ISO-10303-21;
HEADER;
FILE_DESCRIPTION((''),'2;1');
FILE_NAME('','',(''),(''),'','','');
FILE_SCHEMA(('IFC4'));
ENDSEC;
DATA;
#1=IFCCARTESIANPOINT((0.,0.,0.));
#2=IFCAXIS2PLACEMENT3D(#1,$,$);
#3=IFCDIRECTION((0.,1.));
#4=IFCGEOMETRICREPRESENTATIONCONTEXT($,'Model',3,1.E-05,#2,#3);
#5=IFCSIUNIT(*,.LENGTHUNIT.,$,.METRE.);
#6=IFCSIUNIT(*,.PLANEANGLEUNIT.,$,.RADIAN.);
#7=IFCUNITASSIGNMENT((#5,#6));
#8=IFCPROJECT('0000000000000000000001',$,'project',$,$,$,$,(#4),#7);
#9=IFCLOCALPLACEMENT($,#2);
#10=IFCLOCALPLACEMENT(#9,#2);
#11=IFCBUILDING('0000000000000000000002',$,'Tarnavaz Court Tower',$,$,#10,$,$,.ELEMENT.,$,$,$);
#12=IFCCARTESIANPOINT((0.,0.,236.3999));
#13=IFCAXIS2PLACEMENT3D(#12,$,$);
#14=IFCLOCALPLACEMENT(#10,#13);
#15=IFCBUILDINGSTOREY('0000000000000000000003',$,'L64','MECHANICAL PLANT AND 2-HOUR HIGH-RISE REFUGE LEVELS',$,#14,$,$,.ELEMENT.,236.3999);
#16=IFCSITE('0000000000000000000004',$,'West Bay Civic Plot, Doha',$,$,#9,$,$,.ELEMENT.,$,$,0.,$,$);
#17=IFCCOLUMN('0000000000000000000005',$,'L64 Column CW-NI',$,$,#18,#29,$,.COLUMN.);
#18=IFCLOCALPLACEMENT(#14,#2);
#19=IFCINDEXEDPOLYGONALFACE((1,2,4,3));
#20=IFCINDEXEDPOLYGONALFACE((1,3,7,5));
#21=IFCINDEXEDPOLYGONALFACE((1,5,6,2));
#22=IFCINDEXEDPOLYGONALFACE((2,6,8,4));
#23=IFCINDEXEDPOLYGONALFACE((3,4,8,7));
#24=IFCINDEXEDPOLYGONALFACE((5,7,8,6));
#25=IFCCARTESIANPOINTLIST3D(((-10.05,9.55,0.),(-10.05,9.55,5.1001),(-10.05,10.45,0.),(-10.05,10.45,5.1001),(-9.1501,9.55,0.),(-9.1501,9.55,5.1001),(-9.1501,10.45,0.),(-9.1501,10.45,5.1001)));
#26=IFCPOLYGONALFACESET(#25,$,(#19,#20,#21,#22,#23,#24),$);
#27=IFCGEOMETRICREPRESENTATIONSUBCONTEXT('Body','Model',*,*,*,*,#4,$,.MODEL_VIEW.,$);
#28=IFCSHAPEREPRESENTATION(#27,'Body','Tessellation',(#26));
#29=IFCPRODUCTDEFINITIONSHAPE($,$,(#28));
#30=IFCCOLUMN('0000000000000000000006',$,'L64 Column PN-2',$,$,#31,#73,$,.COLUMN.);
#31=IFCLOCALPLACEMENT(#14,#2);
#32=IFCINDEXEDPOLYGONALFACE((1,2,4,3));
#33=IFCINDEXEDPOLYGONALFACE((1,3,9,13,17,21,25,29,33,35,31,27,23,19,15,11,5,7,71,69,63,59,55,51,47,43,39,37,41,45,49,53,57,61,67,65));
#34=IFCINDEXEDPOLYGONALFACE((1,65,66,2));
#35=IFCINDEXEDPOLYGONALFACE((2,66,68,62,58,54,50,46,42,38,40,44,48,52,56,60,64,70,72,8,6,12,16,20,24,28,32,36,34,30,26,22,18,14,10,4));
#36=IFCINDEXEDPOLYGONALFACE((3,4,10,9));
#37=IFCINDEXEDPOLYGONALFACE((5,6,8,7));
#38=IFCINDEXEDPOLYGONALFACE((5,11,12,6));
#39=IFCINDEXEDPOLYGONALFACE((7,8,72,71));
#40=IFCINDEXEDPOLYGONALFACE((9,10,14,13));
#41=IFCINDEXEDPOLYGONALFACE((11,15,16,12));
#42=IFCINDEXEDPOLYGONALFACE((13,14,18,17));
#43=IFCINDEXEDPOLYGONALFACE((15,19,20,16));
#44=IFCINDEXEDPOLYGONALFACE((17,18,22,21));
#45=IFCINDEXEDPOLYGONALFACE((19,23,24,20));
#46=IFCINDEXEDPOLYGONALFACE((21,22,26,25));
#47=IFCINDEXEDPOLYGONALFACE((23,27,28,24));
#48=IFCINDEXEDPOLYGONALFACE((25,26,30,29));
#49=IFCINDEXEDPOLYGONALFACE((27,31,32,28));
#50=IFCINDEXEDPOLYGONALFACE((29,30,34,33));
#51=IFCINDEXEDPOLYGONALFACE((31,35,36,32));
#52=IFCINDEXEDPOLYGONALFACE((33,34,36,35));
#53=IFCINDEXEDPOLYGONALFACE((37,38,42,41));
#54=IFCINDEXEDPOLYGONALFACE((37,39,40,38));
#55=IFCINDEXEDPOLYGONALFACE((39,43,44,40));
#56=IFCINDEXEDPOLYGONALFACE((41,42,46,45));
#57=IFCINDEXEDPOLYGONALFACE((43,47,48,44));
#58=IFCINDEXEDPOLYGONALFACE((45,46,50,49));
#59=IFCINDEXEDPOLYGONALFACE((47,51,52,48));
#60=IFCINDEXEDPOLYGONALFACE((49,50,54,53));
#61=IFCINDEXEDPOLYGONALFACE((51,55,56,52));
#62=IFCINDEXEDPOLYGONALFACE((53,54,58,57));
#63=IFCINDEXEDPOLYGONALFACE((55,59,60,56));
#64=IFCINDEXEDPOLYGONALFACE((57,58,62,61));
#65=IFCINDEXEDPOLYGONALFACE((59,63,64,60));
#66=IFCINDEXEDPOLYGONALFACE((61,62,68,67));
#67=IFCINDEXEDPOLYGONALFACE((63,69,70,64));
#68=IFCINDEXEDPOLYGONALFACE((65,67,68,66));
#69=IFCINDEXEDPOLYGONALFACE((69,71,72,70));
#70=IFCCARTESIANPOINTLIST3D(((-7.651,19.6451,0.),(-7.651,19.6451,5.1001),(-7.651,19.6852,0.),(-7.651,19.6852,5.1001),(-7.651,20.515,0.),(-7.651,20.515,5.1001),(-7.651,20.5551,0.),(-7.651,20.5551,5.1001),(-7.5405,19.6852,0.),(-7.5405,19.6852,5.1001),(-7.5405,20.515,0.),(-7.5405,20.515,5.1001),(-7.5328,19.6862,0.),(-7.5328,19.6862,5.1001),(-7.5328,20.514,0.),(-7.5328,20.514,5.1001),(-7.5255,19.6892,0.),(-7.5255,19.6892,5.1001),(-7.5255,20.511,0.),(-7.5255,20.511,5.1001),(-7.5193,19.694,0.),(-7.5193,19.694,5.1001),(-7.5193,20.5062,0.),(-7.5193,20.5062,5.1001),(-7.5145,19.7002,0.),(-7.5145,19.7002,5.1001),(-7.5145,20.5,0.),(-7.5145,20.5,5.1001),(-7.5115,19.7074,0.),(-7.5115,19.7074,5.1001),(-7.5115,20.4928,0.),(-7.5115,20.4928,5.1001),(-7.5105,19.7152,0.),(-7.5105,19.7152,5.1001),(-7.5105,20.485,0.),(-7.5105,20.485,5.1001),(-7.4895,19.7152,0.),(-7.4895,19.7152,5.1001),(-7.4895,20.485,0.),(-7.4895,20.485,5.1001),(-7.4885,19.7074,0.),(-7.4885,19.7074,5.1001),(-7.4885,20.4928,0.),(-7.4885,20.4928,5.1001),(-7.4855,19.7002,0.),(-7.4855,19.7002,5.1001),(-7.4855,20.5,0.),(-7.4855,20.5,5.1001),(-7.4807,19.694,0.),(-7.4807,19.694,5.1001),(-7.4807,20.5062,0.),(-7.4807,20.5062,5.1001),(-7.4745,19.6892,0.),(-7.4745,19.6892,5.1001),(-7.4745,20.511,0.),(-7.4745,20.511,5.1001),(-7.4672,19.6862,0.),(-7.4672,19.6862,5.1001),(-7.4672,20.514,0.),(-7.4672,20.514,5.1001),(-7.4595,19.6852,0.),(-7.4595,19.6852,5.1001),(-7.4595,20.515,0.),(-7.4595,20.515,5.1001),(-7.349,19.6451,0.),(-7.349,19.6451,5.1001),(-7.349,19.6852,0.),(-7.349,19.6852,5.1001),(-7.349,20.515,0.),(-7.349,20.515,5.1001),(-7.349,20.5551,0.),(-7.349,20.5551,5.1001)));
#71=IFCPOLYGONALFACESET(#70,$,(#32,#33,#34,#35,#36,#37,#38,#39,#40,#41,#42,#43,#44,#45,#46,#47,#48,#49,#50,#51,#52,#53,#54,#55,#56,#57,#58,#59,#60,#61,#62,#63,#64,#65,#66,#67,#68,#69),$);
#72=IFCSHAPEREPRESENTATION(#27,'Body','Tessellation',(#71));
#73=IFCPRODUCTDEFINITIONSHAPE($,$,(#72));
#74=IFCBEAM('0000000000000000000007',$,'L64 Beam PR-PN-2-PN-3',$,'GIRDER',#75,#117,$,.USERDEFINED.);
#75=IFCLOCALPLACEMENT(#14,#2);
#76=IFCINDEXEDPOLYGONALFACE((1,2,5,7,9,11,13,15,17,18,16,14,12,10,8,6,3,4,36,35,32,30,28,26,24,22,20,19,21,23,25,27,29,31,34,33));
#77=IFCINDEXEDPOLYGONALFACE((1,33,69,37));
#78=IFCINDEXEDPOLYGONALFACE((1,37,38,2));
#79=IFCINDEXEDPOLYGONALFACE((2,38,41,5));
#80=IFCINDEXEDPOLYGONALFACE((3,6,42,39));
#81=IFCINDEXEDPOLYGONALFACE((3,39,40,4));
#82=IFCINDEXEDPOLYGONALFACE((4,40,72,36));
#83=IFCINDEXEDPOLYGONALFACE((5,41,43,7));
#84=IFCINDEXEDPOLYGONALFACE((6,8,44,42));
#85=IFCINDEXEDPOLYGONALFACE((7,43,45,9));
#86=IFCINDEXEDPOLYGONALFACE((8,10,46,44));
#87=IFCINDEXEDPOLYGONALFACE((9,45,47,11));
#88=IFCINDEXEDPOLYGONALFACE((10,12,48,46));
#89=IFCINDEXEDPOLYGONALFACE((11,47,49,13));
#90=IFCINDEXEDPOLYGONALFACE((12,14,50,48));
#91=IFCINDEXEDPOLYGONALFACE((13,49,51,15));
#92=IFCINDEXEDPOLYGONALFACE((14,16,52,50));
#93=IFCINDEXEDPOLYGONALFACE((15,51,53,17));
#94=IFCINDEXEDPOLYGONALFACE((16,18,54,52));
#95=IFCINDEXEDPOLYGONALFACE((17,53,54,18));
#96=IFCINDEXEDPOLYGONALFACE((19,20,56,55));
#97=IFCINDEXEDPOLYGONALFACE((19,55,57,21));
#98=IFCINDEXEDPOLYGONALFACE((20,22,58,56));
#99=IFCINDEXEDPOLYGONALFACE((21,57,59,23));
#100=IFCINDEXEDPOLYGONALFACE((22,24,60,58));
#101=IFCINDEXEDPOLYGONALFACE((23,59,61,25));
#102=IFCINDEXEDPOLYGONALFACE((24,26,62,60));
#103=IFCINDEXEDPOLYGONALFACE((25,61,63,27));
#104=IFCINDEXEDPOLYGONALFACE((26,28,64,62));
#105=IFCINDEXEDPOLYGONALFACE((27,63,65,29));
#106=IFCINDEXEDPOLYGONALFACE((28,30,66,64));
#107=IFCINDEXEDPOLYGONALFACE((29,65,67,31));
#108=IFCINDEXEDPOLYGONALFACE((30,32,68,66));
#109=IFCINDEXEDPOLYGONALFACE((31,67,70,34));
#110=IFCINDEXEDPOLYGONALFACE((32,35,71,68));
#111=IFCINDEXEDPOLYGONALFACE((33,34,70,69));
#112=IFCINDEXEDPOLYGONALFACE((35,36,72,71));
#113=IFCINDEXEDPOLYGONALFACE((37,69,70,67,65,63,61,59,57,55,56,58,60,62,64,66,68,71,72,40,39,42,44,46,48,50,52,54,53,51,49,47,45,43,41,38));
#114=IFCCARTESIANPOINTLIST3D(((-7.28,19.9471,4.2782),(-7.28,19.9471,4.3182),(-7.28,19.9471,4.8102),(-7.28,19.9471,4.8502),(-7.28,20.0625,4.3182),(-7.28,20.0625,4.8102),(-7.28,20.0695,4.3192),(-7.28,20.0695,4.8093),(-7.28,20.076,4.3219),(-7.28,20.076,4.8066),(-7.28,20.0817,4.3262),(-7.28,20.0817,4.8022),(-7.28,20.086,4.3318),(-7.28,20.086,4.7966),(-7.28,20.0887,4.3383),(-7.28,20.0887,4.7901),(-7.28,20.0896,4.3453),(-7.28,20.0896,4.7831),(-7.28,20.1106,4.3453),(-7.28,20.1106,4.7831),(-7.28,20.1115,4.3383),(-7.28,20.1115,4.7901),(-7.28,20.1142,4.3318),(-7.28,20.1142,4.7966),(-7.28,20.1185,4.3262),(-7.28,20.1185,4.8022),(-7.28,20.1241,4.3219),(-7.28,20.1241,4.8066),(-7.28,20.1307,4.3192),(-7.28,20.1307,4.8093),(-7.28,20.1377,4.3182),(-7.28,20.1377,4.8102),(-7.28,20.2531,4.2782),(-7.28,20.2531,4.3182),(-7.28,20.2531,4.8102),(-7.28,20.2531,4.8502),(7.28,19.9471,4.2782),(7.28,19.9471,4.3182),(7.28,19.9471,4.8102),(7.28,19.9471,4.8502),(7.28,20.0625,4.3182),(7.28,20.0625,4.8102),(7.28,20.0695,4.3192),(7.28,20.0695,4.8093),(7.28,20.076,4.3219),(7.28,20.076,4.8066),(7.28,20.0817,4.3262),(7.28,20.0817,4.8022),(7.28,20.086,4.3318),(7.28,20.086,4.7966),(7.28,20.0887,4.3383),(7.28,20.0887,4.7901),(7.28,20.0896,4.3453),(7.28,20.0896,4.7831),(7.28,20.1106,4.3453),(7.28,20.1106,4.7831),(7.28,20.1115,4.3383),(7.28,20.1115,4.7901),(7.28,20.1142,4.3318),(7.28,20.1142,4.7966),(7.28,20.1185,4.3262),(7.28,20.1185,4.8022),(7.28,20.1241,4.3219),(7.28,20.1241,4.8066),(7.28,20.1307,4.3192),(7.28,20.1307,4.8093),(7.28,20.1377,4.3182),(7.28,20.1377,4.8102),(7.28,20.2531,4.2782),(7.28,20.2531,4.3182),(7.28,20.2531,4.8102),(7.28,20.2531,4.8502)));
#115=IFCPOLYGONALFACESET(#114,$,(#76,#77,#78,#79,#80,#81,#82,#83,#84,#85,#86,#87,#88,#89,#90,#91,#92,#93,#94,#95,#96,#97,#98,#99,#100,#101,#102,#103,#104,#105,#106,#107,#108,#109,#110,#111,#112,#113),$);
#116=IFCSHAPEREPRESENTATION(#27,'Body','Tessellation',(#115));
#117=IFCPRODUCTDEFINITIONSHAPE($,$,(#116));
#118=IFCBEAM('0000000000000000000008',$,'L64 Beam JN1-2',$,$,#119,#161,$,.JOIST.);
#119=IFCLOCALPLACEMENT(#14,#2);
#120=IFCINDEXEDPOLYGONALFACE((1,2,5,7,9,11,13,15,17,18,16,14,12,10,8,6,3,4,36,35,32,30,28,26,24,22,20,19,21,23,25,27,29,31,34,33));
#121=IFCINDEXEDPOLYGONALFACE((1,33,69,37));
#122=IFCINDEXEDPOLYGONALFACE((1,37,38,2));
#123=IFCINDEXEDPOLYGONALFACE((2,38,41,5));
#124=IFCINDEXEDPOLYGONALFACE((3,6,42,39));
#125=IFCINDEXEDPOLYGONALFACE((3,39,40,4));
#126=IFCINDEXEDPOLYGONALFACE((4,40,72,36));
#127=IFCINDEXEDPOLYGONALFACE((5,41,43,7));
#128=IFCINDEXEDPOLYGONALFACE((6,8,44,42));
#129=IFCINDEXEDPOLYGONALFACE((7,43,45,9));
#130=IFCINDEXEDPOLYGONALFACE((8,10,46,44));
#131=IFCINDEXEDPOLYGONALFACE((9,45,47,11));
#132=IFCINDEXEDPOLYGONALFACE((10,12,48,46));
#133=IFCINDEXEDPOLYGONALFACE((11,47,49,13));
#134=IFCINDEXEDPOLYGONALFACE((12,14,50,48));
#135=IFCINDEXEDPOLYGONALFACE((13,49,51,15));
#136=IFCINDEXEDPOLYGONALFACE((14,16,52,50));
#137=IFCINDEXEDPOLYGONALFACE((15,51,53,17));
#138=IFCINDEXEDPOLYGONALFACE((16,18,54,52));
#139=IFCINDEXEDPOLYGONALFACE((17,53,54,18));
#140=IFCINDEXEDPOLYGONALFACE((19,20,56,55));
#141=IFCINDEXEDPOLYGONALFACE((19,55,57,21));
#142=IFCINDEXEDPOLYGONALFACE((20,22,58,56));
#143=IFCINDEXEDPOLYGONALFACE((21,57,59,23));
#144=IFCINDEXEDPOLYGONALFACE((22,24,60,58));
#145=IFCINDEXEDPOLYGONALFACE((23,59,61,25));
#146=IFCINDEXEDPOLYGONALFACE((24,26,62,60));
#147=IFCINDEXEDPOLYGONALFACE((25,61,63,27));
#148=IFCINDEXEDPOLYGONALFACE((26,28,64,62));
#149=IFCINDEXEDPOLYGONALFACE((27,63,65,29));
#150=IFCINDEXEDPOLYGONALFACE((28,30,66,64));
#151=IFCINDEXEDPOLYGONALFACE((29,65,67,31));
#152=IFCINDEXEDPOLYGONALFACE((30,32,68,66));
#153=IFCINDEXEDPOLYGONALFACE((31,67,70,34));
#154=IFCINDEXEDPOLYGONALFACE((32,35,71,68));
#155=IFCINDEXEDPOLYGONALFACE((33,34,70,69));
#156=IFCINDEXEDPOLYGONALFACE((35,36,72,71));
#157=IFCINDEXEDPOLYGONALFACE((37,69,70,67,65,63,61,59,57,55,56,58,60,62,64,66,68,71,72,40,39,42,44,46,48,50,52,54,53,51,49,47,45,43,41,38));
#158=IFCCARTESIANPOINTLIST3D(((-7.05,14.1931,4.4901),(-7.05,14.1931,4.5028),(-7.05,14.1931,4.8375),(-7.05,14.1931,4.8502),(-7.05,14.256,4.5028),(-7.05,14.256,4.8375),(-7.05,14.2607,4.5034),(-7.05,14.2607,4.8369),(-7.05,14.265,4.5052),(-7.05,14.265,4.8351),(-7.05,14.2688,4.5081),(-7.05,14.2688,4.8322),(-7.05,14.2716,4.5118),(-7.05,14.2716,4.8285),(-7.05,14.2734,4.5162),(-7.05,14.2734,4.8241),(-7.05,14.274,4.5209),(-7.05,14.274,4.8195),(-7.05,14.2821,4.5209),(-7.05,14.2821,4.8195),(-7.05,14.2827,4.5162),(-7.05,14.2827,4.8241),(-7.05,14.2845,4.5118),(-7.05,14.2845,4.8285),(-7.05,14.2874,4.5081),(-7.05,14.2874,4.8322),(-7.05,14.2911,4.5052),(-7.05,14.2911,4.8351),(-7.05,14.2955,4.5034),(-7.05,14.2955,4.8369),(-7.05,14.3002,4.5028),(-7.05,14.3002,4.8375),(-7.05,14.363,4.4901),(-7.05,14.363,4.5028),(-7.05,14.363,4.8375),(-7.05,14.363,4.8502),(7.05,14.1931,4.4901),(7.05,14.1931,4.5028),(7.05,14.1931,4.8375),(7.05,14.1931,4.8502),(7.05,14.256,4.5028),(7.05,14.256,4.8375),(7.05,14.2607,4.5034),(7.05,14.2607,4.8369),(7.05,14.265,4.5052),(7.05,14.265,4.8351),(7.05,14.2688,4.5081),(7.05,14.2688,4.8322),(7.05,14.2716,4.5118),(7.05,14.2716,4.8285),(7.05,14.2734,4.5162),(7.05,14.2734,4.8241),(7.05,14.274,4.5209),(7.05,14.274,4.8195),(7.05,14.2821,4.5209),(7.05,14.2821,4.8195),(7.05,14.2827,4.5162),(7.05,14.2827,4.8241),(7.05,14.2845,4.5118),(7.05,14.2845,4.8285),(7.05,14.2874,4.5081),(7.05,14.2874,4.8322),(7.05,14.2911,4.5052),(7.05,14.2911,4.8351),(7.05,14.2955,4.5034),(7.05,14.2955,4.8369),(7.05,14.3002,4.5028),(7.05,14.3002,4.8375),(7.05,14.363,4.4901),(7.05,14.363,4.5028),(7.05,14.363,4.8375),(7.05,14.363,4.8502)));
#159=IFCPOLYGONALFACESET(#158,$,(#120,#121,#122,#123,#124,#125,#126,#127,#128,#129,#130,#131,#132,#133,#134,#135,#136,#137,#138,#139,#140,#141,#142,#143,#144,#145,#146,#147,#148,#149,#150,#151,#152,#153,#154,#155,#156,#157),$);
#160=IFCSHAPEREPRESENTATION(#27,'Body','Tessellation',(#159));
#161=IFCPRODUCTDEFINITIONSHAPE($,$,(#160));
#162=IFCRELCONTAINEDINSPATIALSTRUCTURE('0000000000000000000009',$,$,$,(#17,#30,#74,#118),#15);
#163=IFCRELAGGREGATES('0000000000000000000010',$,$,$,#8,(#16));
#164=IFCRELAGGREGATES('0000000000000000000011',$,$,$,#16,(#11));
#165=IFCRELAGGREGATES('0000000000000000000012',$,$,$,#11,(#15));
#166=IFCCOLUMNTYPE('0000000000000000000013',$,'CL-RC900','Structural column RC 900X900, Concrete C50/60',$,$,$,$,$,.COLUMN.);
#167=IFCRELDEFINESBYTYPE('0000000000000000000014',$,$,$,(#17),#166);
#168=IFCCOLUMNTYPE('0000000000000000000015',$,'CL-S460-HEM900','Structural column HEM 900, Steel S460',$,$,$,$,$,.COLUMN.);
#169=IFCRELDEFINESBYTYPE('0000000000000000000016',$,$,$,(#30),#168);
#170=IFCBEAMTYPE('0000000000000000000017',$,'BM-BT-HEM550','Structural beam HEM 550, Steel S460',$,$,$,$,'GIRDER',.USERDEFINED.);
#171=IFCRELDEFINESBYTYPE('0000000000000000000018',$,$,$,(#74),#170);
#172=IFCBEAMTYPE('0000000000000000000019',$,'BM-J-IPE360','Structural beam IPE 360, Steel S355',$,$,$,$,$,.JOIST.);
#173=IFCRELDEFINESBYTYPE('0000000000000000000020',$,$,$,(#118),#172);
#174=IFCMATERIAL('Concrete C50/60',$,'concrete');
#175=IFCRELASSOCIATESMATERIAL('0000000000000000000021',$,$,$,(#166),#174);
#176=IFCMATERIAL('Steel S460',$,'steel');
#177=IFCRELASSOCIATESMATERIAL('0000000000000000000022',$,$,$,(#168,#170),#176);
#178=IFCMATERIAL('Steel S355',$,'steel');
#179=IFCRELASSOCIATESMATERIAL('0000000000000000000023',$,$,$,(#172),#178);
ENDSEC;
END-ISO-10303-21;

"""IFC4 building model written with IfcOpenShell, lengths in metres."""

from ifc_helpers import new_model, si_unit, direction, frame, origin, origin_2d, place, context, subcontext, project, spatial, rectangle, i_section, extrude, material, material_profile, profile_set, type_object, element, save


model = new_model("IFC4")

# Units and contexts
model_context = context("Model", 3, precision=1e-05, world=origin(), true_north=direction((0.0, 1.0)))
body_context = subcontext(model_context, "Body", "Model", "MODEL_VIEW")
ifc_project = project(units=[si_unit("LENGTHUNIT", "METRE"), si_unit("PLANEANGLEUNIT", "RADIAN")], contexts=[model_context])

# Site, building, storey
site_placement = place(None, origin())
site = spatial("IfcSite", under=ifc_project, at=site_placement, Name="West Bay Civic Plot, Doha", CompositionType="ELEMENT", RefElevation=0.0)
building_placement = place(site_placement, origin())
building = spatial("IfcBuilding", under=site, at=building_placement, Name="Tarnavaz Court Tower", CompositionType="ELEMENT")
storey_placement = place(building_placement, frame((0.0, 0.0, 236.3999)))
storey = spatial("IfcBuildingStorey", under=building, at=storey_placement, Name="L64", Description="MECHANICAL PLANT AND 2-HOUR HIGH-RISE REFUGE LEVELS", CompositionType="ELEMENT", Elevation=236.3999)

# Columns
ifc_material_1 = material(Name="Concrete C50/60", Category="concrete")
ifc_material_profile_1 = material_profile(ifc_material_1, rectangle(XDim=0.8999, YDim=0.8999, at=origin_2d()), Name="RC 900X900")
ifc_profile_set_1 = profile_set([ifc_material_profile_1], Name="Concrete C50/60")
column_type_1 = type_object("IfcColumnType", Name="CL-RC900", Description="Structural column RC 900X900, Concrete C50/60", PredefinedType="COLUMN", material=ifc_profile_set_1)
column_1_placement = place(storey_placement, frame((-9.6001, 10.0, 0.0), z_axis=(0.0, 0.0, 1.0), x_axis=(1.0, 0.0, 0.0)))
element("IfcColumn", 1, at=column_1_placement, inside=storey, type_object=column_type_1, Name="L64 Column CW-NI", PredefinedType="COLUMN", context=body_context, shape_type="SweptSolid", body=[
    extrude(rectangle(XDim=0.8999, YDim=0.8999, at=origin_2d()), origin(), (0.0, 0.0, 1.0), 5.1001),
])
ifc_material_2 = material(Name="Steel S460", Category="steel")
ifc_material_profile_2 = material_profile(ifc_material_2, i_section(OverallWidth=0.302, OverallDepth=0.9099, WebThickness=0.021, FlangeThickness=0.04, FilletRadius=0.03, at=origin_2d()), Name="HEM 900")
ifc_profile_set_2 = profile_set([ifc_material_profile_2], Name="Steel S460")
column_type_2 = type_object("IfcColumnType", Name="CL-S460-HEM900", Description="Structural column HEM 900, Steel S460", PredefinedType="COLUMN", material=ifc_profile_set_2)
column_2_placement = place(storey_placement, frame((-7.5, 20.1001, 0.0), z_axis=(0.0, 0.0, 1.0), x_axis=(1.0, 0.0, 0.0)))
element("IfcColumn", 2, at=column_2_placement, inside=storey, type_object=column_type_2, Name="L64 Column PN-2", PredefinedType="COLUMN", context=body_context, shape_type="SweptSolid", body=[
    extrude(i_section(OverallWidth=0.302, OverallDepth=0.9099, WebThickness=0.021, FlangeThickness=0.04, FilletRadius=0.03, at=origin_2d()), origin(), (0.0, 0.0, 1.0), 5.1001),
])

# Beams
ifc_material_profile_3 = material_profile(ifc_material_2, i_section(OverallWidth=0.3059, OverallDepth=0.572, WebThickness=0.021, FlangeThickness=0.04, FilletRadius=0.0271, at=origin_2d()), Name="HEM 550")
ifc_profile_set_3 = profile_set([ifc_material_profile_3], Name="Steel S460")
beam_type_1 = type_object("IfcBeamType", Name="BM-BT-HEM550", Description="Structural beam HEM 550, Steel S460", ElementType="GIRDER", PredefinedType="USERDEFINED", material=ifc_profile_set_3)
beam_1_placement = place(storey_placement, frame((-7.28, 20.1001, 4.5642), z_axis=(1.0, 0.0, 0.0), x_axis=(0.0, 1.0, 0.0)))
element("IfcBeam", 3, at=beam_1_placement, inside=storey, type_object=beam_type_1, Name="L64 Beam PR-PN-2-PN-3", ObjectType="GIRDER", PredefinedType="USERDEFINED", context=body_context, shape_type="SweptSolid", body=[
    extrude(i_section(OverallWidth=0.3059, OverallDepth=0.572, WebThickness=0.021, FlangeThickness=0.04, FilletRadius=0.0271, at=origin_2d()), origin(), (0.0, 0.0, 1.0), 14.5601),
])
ifc_material_3 = material(Name="Steel S355", Category="steel")
ifc_material_profile_4 = material_profile(ifc_material_3, i_section(OverallWidth=0.1699, OverallDepth=0.3601, WebThickness=0.0081, FlangeThickness=0.0127, FilletRadius=0.0181, at=origin_2d()), Name="IPE 360")
ifc_profile_set_4 = profile_set([ifc_material_profile_4], Name="Steel S355")
beam_type_2 = type_object("IfcBeamType", Name="BM-J-IPE360", Description="Structural beam IPE 360, Steel S355", PredefinedType="JOIST", material=ifc_profile_set_4)
for number, where, z_axis, x_axis, name in (
    (4, (-7.05, 14.2781, 4.6702), (1.0, 0.0, 0.0), (0.0, 1.0, 0.0), "L64 Beam JN1-2"),
):
    element("IfcBeam", number, at=place(storey_placement, frame(where, z_axis=z_axis, x_axis=x_axis)), inside=storey, type_object=beam_type_2, Name=name, PredefinedType="JOIST", context=body_context, shape_type="SweptSolid", body=[
        extrude(i_section(OverallWidth=0.1699, OverallDepth=0.3601, WebThickness=0.0081, FlangeThickness=0.0127, FilletRadius=0.0181, at=origin_2d()), origin(), (0.0, 0.0, 1.0), 14.1001),
    ])

save(model, "model.ifc")
